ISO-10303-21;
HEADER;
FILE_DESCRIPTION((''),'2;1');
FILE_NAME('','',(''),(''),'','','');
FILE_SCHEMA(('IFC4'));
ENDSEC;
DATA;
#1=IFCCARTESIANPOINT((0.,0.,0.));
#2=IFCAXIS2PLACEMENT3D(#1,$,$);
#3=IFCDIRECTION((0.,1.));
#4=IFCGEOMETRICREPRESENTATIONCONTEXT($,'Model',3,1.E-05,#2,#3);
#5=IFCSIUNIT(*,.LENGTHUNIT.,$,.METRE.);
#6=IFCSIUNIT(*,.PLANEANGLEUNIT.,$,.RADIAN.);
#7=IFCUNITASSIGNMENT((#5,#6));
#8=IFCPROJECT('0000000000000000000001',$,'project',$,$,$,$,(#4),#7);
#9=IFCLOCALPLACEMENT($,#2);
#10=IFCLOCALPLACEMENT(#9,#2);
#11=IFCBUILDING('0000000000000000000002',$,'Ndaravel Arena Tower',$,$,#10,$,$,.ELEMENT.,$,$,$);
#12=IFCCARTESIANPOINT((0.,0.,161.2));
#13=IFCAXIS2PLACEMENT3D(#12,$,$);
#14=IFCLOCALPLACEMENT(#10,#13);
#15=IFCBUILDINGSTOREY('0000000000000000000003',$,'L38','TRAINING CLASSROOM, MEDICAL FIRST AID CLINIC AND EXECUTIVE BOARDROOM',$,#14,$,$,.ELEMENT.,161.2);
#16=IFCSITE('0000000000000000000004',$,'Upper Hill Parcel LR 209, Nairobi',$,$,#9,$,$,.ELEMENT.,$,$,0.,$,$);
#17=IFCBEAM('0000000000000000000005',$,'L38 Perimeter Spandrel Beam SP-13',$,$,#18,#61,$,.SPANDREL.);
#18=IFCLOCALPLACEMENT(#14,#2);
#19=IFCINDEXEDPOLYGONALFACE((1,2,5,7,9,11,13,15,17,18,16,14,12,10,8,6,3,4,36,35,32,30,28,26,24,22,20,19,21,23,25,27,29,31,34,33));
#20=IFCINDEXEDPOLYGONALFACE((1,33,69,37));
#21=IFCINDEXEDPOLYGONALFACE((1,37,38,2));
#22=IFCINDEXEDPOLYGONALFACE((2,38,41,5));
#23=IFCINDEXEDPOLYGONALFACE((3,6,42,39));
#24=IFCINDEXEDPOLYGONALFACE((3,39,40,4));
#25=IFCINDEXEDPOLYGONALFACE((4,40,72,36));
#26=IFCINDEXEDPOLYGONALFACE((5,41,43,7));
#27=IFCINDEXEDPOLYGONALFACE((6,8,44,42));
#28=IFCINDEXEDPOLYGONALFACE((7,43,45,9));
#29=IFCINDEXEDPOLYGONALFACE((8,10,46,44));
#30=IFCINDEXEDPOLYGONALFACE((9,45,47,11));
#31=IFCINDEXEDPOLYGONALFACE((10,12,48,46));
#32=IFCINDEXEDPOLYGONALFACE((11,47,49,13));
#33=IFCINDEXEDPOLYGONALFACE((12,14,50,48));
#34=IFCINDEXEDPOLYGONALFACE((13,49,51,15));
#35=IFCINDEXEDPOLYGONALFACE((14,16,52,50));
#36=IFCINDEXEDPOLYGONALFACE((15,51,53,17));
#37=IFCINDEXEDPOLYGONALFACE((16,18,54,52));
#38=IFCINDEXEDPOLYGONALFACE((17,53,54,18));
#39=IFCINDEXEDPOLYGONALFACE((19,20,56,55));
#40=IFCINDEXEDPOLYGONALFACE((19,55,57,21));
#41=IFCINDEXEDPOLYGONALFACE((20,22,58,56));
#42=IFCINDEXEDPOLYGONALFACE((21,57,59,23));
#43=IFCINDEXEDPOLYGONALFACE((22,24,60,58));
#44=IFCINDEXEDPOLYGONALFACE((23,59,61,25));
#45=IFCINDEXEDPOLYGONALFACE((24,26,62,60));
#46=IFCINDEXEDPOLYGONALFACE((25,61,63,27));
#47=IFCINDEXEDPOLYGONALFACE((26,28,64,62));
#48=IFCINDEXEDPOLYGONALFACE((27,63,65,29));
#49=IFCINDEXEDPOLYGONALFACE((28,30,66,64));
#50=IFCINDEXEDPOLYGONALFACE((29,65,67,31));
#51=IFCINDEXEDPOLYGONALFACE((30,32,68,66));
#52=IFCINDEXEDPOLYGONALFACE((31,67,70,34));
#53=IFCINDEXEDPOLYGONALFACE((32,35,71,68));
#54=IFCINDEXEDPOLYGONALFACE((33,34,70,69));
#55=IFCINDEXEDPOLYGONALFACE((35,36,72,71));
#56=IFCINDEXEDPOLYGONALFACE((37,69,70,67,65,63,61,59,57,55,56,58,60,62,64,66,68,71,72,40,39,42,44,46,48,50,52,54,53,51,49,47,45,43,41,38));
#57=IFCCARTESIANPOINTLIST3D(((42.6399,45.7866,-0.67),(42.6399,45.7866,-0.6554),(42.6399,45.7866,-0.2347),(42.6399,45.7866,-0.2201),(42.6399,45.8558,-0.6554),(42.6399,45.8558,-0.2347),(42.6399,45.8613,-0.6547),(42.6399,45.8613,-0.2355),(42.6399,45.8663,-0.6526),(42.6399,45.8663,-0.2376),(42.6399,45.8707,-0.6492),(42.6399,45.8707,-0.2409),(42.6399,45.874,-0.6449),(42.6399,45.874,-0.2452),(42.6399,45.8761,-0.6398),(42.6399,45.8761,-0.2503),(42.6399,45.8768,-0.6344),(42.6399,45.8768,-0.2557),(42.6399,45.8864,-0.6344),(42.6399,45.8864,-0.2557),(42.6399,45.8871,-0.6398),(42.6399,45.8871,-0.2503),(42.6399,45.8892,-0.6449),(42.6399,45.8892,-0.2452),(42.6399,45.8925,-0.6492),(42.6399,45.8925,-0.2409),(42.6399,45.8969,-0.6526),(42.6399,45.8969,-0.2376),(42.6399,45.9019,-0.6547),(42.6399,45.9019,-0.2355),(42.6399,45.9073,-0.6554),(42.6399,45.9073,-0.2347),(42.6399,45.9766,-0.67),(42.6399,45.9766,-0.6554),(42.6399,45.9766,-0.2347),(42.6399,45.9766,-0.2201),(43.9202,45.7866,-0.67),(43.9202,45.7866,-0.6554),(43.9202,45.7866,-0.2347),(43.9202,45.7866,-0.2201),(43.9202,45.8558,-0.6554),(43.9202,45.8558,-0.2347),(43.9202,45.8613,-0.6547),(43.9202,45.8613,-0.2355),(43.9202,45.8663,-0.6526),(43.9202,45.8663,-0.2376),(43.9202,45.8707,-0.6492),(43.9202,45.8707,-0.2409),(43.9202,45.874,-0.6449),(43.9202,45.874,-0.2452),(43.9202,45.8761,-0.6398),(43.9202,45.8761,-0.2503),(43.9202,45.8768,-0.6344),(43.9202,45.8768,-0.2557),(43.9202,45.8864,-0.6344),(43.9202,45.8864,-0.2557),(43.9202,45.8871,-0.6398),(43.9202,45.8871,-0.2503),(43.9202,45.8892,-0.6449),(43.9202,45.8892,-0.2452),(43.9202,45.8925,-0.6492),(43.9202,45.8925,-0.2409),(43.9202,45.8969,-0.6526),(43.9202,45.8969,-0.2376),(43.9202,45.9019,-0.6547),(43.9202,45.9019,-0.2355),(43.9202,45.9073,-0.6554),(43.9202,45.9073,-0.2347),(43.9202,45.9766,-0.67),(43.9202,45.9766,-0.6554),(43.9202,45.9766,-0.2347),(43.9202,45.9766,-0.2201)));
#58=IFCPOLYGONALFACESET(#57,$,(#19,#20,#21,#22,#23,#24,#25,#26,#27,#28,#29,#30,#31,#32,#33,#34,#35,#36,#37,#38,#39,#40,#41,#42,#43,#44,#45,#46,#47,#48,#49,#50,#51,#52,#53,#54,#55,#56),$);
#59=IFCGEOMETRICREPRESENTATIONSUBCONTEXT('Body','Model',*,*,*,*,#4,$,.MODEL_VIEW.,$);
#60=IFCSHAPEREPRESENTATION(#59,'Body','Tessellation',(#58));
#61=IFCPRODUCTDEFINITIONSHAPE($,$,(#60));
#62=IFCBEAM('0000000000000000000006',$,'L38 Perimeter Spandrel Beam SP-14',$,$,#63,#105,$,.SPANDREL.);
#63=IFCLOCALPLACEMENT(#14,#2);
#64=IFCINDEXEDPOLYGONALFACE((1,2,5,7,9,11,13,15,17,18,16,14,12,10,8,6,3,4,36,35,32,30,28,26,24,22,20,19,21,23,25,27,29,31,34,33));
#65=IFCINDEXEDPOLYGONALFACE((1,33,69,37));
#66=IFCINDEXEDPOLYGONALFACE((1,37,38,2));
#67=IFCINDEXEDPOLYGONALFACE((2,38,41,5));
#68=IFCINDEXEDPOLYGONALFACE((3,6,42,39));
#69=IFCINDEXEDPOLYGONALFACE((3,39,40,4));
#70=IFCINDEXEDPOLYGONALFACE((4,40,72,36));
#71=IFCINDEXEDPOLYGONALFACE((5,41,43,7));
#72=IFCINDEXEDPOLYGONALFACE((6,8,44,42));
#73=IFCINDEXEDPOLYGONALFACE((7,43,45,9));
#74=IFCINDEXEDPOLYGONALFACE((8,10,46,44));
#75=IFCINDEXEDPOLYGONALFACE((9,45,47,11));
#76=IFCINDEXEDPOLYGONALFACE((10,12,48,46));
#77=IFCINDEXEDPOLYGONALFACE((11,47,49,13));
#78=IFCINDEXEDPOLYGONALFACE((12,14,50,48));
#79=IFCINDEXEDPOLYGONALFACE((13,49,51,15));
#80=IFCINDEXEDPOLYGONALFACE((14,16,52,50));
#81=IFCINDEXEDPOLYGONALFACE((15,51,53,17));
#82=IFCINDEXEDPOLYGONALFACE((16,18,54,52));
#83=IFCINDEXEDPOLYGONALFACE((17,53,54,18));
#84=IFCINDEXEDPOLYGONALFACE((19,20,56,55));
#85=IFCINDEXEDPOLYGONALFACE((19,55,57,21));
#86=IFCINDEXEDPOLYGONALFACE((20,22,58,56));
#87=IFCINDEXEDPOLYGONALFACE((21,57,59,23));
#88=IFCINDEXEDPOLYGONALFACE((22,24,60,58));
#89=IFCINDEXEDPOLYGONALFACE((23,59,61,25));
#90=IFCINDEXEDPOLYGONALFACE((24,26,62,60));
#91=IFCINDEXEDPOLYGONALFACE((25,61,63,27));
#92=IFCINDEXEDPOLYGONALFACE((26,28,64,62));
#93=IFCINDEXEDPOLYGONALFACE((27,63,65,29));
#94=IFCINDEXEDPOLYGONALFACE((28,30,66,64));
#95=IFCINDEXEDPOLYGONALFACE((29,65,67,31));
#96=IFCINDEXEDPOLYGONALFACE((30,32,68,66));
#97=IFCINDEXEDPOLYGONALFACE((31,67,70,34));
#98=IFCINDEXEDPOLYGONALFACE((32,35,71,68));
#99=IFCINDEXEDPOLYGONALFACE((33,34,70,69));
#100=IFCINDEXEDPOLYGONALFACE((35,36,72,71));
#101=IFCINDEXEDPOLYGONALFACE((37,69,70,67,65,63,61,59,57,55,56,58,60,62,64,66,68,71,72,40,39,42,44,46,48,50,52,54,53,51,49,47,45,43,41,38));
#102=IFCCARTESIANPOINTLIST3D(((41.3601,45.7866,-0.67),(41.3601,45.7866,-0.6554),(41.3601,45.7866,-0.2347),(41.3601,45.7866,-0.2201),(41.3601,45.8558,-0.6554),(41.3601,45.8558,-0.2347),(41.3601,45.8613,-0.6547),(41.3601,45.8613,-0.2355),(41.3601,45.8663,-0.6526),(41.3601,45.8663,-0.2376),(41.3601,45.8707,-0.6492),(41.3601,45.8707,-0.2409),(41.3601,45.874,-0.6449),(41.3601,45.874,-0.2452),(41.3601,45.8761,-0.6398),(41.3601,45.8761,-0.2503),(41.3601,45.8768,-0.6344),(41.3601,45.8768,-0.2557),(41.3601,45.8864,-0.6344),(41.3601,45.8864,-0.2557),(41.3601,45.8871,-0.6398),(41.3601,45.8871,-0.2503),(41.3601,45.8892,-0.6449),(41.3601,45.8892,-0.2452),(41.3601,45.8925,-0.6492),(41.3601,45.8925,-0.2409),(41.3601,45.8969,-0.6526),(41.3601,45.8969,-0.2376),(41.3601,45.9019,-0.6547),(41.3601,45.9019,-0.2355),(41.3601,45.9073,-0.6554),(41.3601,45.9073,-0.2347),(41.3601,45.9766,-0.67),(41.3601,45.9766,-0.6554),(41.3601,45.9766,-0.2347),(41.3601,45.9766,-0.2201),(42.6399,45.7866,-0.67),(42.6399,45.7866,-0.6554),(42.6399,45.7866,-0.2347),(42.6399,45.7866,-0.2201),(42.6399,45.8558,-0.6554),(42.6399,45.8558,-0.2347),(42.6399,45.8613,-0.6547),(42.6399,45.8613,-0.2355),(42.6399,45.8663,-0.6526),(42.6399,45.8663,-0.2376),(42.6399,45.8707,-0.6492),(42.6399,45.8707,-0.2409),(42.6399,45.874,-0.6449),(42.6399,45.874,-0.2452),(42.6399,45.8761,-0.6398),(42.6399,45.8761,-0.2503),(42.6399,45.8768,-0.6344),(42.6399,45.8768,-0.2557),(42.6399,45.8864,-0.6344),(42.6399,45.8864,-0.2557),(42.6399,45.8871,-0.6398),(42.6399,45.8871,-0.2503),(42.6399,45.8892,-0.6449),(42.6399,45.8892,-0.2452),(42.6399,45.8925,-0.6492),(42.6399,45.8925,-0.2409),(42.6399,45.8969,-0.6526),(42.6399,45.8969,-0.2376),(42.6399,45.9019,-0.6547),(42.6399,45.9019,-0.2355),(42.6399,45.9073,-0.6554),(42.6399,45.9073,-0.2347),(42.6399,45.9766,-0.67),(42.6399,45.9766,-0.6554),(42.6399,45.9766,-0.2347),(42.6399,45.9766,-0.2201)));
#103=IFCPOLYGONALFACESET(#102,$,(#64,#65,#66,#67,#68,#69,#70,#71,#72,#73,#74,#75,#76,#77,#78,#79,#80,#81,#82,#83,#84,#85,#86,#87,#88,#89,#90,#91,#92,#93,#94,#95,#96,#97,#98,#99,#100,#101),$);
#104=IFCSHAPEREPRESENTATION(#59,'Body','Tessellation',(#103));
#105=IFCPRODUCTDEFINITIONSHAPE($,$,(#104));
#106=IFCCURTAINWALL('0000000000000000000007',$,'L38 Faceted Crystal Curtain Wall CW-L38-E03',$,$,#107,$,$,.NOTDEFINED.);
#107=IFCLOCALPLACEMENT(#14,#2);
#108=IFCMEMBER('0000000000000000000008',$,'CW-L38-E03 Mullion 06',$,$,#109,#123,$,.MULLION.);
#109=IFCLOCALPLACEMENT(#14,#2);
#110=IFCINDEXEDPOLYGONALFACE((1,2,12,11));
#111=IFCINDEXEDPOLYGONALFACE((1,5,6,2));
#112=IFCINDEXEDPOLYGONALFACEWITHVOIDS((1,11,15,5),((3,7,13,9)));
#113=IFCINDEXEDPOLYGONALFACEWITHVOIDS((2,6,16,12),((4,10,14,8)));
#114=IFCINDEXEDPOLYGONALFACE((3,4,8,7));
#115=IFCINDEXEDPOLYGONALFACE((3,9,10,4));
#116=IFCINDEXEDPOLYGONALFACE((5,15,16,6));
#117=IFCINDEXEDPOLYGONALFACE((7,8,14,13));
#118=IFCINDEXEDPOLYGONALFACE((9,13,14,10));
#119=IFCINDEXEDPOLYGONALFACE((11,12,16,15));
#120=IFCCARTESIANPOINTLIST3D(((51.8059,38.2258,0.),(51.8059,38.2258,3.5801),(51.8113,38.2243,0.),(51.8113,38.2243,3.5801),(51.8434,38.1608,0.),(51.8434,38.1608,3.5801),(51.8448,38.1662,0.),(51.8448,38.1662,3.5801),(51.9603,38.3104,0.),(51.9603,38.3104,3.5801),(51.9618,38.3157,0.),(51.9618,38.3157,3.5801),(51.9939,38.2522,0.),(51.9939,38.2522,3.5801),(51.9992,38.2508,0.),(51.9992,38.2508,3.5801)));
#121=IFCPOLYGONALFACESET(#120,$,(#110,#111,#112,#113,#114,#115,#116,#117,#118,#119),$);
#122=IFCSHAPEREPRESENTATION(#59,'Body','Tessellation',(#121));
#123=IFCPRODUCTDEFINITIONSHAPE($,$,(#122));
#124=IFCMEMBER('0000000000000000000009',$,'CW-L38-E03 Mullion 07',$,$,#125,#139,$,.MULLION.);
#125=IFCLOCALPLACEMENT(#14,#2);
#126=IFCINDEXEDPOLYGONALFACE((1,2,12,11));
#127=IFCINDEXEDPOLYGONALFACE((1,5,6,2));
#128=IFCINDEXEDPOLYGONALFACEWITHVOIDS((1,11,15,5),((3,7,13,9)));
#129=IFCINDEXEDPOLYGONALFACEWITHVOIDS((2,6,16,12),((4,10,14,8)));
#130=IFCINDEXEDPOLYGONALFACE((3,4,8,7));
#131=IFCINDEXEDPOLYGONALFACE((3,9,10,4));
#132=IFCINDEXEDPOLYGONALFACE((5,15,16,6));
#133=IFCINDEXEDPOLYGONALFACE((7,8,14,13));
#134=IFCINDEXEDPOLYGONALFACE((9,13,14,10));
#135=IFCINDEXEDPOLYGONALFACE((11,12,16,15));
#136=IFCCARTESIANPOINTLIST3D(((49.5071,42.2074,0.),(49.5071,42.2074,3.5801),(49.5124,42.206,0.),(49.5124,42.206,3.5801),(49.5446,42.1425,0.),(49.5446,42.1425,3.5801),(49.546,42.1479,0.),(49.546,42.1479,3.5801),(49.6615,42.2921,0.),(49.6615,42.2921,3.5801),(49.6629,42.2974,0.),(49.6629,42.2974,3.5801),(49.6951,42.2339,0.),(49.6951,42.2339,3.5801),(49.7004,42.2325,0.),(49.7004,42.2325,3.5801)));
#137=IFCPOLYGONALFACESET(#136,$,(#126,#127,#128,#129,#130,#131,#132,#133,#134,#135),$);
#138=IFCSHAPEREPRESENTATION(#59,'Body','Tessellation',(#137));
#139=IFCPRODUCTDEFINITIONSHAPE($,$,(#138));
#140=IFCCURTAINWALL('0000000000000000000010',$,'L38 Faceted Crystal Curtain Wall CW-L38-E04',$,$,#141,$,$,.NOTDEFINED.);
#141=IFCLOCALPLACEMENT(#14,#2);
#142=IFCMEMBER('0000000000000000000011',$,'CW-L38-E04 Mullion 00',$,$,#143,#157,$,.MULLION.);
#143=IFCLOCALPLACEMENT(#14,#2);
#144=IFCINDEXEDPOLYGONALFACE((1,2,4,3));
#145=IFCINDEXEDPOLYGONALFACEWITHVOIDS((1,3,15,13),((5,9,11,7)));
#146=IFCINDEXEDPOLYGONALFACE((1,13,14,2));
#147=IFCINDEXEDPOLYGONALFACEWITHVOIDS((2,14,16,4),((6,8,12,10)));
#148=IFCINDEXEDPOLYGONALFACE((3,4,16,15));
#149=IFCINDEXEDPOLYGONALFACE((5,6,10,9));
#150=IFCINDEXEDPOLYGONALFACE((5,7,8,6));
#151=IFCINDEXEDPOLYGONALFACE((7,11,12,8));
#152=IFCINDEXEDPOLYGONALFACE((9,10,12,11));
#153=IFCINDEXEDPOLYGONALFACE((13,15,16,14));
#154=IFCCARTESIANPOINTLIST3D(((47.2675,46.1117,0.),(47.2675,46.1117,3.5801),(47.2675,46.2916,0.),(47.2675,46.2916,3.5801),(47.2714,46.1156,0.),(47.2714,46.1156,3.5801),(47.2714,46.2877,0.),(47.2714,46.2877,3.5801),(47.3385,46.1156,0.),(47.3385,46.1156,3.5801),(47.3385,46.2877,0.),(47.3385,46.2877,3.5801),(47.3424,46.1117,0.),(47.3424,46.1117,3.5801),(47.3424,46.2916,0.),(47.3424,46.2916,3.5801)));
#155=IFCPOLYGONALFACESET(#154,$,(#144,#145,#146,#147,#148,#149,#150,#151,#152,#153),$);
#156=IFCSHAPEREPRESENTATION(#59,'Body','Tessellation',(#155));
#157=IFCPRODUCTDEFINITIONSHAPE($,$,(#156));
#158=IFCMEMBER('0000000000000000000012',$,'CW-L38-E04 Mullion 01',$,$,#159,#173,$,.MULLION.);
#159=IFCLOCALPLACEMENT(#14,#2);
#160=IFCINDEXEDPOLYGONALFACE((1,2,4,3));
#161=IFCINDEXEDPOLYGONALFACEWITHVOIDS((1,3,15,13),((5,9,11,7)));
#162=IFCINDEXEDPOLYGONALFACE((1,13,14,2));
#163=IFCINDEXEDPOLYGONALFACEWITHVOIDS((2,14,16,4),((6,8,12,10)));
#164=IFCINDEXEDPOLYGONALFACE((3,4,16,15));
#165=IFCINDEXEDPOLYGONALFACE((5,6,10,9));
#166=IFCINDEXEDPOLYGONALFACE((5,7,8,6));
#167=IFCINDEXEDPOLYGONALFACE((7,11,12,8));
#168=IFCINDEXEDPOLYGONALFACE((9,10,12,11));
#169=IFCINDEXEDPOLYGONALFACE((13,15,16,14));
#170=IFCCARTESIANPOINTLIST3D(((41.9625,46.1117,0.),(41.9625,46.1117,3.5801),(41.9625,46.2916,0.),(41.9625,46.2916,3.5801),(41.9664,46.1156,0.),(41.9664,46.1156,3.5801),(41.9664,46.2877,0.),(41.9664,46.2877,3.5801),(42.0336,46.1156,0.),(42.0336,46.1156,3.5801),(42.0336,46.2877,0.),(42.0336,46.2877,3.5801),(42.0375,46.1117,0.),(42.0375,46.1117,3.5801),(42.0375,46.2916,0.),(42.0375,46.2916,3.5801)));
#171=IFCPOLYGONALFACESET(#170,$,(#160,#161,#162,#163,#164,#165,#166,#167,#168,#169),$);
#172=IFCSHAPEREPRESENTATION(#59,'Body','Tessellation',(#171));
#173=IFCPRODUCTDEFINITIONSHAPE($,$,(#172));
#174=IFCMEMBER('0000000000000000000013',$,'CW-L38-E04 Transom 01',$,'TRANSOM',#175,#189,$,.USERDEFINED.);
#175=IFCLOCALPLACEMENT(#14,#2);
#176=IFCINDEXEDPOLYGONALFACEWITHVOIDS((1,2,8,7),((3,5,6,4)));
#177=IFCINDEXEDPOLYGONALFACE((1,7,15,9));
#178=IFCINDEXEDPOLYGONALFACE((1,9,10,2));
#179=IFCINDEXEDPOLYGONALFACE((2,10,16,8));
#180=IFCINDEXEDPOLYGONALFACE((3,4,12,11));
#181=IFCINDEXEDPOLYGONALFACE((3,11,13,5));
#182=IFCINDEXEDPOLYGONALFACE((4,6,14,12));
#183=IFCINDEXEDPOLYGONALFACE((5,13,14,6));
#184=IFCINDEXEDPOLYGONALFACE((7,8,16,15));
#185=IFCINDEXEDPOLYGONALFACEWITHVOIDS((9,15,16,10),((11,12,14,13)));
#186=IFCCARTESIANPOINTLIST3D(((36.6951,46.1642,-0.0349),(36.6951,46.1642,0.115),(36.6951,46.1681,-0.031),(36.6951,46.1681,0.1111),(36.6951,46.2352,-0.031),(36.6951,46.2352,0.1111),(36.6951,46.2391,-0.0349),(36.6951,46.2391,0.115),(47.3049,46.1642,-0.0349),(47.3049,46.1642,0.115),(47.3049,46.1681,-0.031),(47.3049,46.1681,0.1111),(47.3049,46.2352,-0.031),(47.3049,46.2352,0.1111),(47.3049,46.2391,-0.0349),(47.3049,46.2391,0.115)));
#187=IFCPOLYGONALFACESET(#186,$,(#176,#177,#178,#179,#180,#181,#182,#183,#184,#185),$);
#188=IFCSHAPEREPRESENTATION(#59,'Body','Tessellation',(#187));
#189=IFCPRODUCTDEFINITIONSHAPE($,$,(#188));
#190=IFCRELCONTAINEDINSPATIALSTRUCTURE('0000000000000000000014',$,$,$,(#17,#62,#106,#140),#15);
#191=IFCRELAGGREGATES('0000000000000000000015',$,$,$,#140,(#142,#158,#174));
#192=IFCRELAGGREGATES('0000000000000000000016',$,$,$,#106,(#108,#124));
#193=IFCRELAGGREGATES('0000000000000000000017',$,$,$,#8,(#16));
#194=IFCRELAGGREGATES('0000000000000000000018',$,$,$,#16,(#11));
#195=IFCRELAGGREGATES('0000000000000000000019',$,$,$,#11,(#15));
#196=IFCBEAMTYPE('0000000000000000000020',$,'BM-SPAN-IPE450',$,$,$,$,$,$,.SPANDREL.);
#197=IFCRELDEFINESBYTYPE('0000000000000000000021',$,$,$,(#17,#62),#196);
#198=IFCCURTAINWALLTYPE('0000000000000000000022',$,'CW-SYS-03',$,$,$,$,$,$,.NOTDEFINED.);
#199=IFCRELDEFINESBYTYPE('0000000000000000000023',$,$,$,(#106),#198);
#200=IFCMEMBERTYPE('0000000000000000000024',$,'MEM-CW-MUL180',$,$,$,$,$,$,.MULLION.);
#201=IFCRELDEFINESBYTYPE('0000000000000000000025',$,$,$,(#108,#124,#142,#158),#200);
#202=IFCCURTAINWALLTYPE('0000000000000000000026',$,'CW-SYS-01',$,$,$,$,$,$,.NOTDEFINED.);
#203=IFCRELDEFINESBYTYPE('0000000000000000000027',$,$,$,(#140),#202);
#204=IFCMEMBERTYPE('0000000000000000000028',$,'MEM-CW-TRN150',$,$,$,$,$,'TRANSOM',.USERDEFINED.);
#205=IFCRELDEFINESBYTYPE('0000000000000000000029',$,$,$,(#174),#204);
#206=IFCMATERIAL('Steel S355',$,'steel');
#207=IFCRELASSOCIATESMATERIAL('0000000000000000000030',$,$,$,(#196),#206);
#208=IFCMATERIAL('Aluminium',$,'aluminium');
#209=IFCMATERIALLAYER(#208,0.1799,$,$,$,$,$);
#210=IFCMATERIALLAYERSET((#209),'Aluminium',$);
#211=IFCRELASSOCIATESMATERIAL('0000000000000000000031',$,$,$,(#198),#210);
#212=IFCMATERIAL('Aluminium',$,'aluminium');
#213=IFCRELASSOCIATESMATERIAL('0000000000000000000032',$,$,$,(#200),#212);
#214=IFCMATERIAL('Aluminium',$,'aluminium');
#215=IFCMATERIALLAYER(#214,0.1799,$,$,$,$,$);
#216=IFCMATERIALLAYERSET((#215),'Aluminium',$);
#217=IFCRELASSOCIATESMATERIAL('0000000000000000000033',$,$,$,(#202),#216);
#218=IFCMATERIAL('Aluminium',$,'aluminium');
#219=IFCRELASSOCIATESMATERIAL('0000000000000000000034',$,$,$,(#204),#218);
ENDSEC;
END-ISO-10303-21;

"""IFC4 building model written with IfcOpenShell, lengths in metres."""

from ifc_helpers import new_model, si_unit, direction, frame, origin, origin_2d, place, context, subcontext, project, spatial, hollow_rectangle, i_section, extrude, material, layer, layer_set, material_profile, profile_set, type_object, element, aggregate, save


model = new_model("IFC4")

# Units and contexts
model_context = context("Model", 3, precision=1e-05, world=origin(), true_north=direction((0.0, 1.0)))
body_context = subcontext(model_context, "Body", "Model", "MODEL_VIEW")
ifc_project = project(units=[si_unit("LENGTHUNIT", "METRE"), si_unit("PLANEANGLEUNIT", "RADIAN")], contexts=[model_context])

# Site, building, storey
site_placement = place(None, origin())
site = spatial("IfcSite", under=ifc_project, at=site_placement, Name="Upper Hill Parcel LR 209, Nairobi", CompositionType="ELEMENT", RefElevation=0.0)
building_placement = place(site_placement, origin())
building = spatial("IfcBuilding", under=site, at=building_placement, Name="Ndaravel Arena Tower", CompositionType="ELEMENT")
storey_placement = place(building_placement, frame((0.0, 0.0, 161.2)))
storey = spatial("IfcBuildingStorey", under=building, at=storey_placement, Name="L38", Description="TRAINING CLASSROOM, MEDICAL FIRST AID CLINIC AND EXECUTIVE BOARDROOM", CompositionType="ELEMENT", Elevation=161.2)

# Beams
ifc_material_1 = material(Name="Steel S355", Category="steel")
ifc_material_profile_1 = material_profile(ifc_material_1, i_section(OverallWidth=0.1899, OverallDepth=0.45, WebThickness=0.0095, FlangeThickness=0.0146, FilletRadius=0.021, at=origin_2d()), Name="IPE 450")
ifc_profile_set_1 = profile_set([ifc_material_profile_1], Name="Steel S355")
beam_type_1 = type_object("IfcBeamType", Name="BM-SPAN-IPE450", PredefinedType="SPANDREL", material=ifc_profile_set_1)
beam_1_placement = place(storey_placement, frame((43.9202, 45.8816, -0.4451), z_axis=(-1.0, 0.0, 0.0), x_axis=(0.0, -1.0, 0.0)))
element("IfcBeam", 1, at=beam_1_placement, inside=storey, type_object=beam_type_1, Name="L38 Perimeter Spandrel Beam SP-13", PredefinedType="SPANDREL", context=body_context, shape_type="SweptSolid", body=[
    extrude(i_section(OverallWidth=0.1899, OverallDepth=0.45, WebThickness=0.0095, FlangeThickness=0.0146, FilletRadius=0.021, at=origin_2d()), origin(), (0.0, 0.0, 1.0), 1.2803),
])
beam_2_placement = place(storey_placement, frame((42.6399, 45.8816, -0.4451), z_axis=(-1.0, 0.0, 0.0), x_axis=(0.0, -1.0, 0.0)))
element("IfcBeam", 2, at=beam_2_placement, inside=storey, type_object=beam_type_1, Name="L38 Perimeter Spandrel Beam SP-14", PredefinedType="SPANDREL", context=body_context, shape_type="SweptSolid", body=[
    extrude(i_section(OverallWidth=0.1899, OverallDepth=0.45, WebThickness=0.0095, FlangeThickness=0.0146, FilletRadius=0.021, at=origin_2d()), origin(), (0.0, 0.0, 1.0), 1.2798),
])

# Curtain wall, members
ifc_material_2 = material(Name="Aluminium", Category="aluminium")
ifc_layer_1 = layer(ifc_material_2, 0.1799)
ifc_layer_set_1 = layer_set([ifc_layer_1], Name="Aluminium")
curtain_wall_type_1 = type_object("IfcCurtainWallType", Name="CW-SYS-03", PredefinedType="NOTDEFINED", material=ifc_layer_set_1)
curtain_wall_1_placement = place(storey_placement, origin())
curtain_wall_1 = element("IfcCurtainWall", 3, at=curtain_wall_1_placement, inside=storey, type_object=curtain_wall_type_1, Name="L38 Faceted Crystal Curtain Wall CW-L38-E03", PredefinedType="NOTDEFINED")
ifc_material_3 = material(Name="Aluminium", Category="aluminium")
ifc_material_profile_2 = material_profile(ifc_material_3, hollow_rectangle(XDim=0.075, YDim=0.1799, WallThickness=0.0039, at=origin_2d()), Name="CW MULLION 75x180x4")
ifc_profile_set_2 = profile_set([ifc_material_profile_2], Name="Aluminium")
member_type_1 = type_object("IfcMemberType", Name="MEM-CW-MUL180", PredefinedType="MULLION", material=ifc_profile_set_2)
member_1_placement = place(storey_placement, frame((51.9026, 38.2383, 0.0), z_axis=(0.0, 0.0, 1.0), x_axis=(-0.5, 0.866025, 0.0)))
member_1 = element("IfcMember", 4, at=member_1_placement, type_object=member_type_1, Name="CW-L38-E03 Mullion 06", PredefinedType="MULLION", context=body_context, shape_type="SweptSolid", body=[
    extrude(hollow_rectangle(XDim=0.075, YDim=0.1799, WallThickness=0.0039, at=origin_2d()), origin(), (0.0, 0.0, 1.0), 3.5801),
])
member_2_placement = place(storey_placement, frame((49.6038, 42.22, 0.0), z_axis=(0.0, 0.0, 1.0), x_axis=(-0.5, 0.866025, 0.0)))
member_2 = element("IfcMember", 5, at=member_2_placement, type_object=member_type_1, Name="CW-L38-E03 Mullion 07", PredefinedType="MULLION", context=body_context, shape_type="SweptSolid", body=[
    extrude(hollow_rectangle(XDim=0.075, YDim=0.1799, WallThickness=0.0039, at=origin_2d()), origin(), (0.0, 0.0, 1.0), 3.5801),
])

# Curtain wall, members
ifc_material_4 = material(Name="Aluminium", Category="aluminium")
ifc_layer_2 = layer(ifc_material_4, 0.1799)
ifc_layer_set_2 = layer_set([ifc_layer_2], Name="Aluminium")
curtain_wall_type_2 = type_object("IfcCurtainWallType", Name="CW-SYS-01", PredefinedType="NOTDEFINED", material=ifc_layer_set_2)
curtain_wall_2_placement = place(storey_placement, origin())
curtain_wall_2 = element("IfcCurtainWall", 6, at=curtain_wall_2_placement, inside=storey, type_object=curtain_wall_type_2, Name="L38 Faceted Crystal Curtain Wall CW-L38-E04", PredefinedType="NOTDEFINED")
member_3_placement = place(storey_placement, frame((47.3049, 46.2017, 0.0), z_axis=(0.0, 0.0, 1.0), x_axis=(-1.0, 0.0, 0.0)))
member_3 = element("IfcMember", 7, at=member_3_placement, type_object=member_type_1, Name="CW-L38-E04 Mullion 00", PredefinedType="MULLION", context=body_context, shape_type="SweptSolid", body=[
    extrude(hollow_rectangle(XDim=0.075, YDim=0.1799, WallThickness=0.0039, at=origin_2d()), origin(), (0.0, 0.0, 1.0), 3.5801),
])
member_4_placement = place(storey_placement, frame((42.0, 46.2017, 0.0), z_axis=(0.0, 0.0, 1.0), x_axis=(-1.0, 0.0, 0.0)))
member_4 = element("IfcMember", 8, at=member_4_placement, type_object=member_type_1, Name="CW-L38-E04 Mullion 01", PredefinedType="MULLION", context=body_context, shape_type="SweptSolid", body=[
    extrude(hollow_rectangle(XDim=0.075, YDim=0.1799, WallThickness=0.0039, at=origin_2d()), origin(), (0.0, 0.0, 1.0), 3.5801),
])
ifc_material_5 = material(Name="Aluminium", Category="aluminium")
ifc_material_profile_3 = material_profile(ifc_material_5, hollow_rectangle(XDim=0.075, YDim=0.1499, WallThickness=0.0039, at=origin_2d()), Name="CW TRANSOM 75x150x4")
ifc_profile_set_3 = profile_set([ifc_material_profile_3], Name="Aluminium")
member_type_2 = type_object("IfcMemberType", Name="MEM-CW-TRN150", ElementType="TRANSOM", PredefinedType="USERDEFINED", material=ifc_profile_set_3)
member_5_placement = place(storey_placement, frame((47.3049, 46.2017, 0.04), z_axis=(-1.0, 0.0, 0.0), x_axis=(0.0, -1.0, 0.0)))
member_5 = element("IfcMember", 9, at=member_5_placement, type_object=member_type_2, Name="CW-L38-E04 Transom 01", ObjectType="TRANSOM", PredefinedType="USERDEFINED", context=body_context, shape_type="SweptSolid", body=[
    extrude(hollow_rectangle(XDim=0.075, YDim=0.1499, WallThickness=0.0039, at=origin_2d()), origin(), (0.0, 0.0, 1.0), 10.6099),
])
aggregate(curtain_wall_2, [member_3, member_4, member_5])

aggregate(curtain_wall_1, [member_1, member_2])

save(model, "model.ifc")
